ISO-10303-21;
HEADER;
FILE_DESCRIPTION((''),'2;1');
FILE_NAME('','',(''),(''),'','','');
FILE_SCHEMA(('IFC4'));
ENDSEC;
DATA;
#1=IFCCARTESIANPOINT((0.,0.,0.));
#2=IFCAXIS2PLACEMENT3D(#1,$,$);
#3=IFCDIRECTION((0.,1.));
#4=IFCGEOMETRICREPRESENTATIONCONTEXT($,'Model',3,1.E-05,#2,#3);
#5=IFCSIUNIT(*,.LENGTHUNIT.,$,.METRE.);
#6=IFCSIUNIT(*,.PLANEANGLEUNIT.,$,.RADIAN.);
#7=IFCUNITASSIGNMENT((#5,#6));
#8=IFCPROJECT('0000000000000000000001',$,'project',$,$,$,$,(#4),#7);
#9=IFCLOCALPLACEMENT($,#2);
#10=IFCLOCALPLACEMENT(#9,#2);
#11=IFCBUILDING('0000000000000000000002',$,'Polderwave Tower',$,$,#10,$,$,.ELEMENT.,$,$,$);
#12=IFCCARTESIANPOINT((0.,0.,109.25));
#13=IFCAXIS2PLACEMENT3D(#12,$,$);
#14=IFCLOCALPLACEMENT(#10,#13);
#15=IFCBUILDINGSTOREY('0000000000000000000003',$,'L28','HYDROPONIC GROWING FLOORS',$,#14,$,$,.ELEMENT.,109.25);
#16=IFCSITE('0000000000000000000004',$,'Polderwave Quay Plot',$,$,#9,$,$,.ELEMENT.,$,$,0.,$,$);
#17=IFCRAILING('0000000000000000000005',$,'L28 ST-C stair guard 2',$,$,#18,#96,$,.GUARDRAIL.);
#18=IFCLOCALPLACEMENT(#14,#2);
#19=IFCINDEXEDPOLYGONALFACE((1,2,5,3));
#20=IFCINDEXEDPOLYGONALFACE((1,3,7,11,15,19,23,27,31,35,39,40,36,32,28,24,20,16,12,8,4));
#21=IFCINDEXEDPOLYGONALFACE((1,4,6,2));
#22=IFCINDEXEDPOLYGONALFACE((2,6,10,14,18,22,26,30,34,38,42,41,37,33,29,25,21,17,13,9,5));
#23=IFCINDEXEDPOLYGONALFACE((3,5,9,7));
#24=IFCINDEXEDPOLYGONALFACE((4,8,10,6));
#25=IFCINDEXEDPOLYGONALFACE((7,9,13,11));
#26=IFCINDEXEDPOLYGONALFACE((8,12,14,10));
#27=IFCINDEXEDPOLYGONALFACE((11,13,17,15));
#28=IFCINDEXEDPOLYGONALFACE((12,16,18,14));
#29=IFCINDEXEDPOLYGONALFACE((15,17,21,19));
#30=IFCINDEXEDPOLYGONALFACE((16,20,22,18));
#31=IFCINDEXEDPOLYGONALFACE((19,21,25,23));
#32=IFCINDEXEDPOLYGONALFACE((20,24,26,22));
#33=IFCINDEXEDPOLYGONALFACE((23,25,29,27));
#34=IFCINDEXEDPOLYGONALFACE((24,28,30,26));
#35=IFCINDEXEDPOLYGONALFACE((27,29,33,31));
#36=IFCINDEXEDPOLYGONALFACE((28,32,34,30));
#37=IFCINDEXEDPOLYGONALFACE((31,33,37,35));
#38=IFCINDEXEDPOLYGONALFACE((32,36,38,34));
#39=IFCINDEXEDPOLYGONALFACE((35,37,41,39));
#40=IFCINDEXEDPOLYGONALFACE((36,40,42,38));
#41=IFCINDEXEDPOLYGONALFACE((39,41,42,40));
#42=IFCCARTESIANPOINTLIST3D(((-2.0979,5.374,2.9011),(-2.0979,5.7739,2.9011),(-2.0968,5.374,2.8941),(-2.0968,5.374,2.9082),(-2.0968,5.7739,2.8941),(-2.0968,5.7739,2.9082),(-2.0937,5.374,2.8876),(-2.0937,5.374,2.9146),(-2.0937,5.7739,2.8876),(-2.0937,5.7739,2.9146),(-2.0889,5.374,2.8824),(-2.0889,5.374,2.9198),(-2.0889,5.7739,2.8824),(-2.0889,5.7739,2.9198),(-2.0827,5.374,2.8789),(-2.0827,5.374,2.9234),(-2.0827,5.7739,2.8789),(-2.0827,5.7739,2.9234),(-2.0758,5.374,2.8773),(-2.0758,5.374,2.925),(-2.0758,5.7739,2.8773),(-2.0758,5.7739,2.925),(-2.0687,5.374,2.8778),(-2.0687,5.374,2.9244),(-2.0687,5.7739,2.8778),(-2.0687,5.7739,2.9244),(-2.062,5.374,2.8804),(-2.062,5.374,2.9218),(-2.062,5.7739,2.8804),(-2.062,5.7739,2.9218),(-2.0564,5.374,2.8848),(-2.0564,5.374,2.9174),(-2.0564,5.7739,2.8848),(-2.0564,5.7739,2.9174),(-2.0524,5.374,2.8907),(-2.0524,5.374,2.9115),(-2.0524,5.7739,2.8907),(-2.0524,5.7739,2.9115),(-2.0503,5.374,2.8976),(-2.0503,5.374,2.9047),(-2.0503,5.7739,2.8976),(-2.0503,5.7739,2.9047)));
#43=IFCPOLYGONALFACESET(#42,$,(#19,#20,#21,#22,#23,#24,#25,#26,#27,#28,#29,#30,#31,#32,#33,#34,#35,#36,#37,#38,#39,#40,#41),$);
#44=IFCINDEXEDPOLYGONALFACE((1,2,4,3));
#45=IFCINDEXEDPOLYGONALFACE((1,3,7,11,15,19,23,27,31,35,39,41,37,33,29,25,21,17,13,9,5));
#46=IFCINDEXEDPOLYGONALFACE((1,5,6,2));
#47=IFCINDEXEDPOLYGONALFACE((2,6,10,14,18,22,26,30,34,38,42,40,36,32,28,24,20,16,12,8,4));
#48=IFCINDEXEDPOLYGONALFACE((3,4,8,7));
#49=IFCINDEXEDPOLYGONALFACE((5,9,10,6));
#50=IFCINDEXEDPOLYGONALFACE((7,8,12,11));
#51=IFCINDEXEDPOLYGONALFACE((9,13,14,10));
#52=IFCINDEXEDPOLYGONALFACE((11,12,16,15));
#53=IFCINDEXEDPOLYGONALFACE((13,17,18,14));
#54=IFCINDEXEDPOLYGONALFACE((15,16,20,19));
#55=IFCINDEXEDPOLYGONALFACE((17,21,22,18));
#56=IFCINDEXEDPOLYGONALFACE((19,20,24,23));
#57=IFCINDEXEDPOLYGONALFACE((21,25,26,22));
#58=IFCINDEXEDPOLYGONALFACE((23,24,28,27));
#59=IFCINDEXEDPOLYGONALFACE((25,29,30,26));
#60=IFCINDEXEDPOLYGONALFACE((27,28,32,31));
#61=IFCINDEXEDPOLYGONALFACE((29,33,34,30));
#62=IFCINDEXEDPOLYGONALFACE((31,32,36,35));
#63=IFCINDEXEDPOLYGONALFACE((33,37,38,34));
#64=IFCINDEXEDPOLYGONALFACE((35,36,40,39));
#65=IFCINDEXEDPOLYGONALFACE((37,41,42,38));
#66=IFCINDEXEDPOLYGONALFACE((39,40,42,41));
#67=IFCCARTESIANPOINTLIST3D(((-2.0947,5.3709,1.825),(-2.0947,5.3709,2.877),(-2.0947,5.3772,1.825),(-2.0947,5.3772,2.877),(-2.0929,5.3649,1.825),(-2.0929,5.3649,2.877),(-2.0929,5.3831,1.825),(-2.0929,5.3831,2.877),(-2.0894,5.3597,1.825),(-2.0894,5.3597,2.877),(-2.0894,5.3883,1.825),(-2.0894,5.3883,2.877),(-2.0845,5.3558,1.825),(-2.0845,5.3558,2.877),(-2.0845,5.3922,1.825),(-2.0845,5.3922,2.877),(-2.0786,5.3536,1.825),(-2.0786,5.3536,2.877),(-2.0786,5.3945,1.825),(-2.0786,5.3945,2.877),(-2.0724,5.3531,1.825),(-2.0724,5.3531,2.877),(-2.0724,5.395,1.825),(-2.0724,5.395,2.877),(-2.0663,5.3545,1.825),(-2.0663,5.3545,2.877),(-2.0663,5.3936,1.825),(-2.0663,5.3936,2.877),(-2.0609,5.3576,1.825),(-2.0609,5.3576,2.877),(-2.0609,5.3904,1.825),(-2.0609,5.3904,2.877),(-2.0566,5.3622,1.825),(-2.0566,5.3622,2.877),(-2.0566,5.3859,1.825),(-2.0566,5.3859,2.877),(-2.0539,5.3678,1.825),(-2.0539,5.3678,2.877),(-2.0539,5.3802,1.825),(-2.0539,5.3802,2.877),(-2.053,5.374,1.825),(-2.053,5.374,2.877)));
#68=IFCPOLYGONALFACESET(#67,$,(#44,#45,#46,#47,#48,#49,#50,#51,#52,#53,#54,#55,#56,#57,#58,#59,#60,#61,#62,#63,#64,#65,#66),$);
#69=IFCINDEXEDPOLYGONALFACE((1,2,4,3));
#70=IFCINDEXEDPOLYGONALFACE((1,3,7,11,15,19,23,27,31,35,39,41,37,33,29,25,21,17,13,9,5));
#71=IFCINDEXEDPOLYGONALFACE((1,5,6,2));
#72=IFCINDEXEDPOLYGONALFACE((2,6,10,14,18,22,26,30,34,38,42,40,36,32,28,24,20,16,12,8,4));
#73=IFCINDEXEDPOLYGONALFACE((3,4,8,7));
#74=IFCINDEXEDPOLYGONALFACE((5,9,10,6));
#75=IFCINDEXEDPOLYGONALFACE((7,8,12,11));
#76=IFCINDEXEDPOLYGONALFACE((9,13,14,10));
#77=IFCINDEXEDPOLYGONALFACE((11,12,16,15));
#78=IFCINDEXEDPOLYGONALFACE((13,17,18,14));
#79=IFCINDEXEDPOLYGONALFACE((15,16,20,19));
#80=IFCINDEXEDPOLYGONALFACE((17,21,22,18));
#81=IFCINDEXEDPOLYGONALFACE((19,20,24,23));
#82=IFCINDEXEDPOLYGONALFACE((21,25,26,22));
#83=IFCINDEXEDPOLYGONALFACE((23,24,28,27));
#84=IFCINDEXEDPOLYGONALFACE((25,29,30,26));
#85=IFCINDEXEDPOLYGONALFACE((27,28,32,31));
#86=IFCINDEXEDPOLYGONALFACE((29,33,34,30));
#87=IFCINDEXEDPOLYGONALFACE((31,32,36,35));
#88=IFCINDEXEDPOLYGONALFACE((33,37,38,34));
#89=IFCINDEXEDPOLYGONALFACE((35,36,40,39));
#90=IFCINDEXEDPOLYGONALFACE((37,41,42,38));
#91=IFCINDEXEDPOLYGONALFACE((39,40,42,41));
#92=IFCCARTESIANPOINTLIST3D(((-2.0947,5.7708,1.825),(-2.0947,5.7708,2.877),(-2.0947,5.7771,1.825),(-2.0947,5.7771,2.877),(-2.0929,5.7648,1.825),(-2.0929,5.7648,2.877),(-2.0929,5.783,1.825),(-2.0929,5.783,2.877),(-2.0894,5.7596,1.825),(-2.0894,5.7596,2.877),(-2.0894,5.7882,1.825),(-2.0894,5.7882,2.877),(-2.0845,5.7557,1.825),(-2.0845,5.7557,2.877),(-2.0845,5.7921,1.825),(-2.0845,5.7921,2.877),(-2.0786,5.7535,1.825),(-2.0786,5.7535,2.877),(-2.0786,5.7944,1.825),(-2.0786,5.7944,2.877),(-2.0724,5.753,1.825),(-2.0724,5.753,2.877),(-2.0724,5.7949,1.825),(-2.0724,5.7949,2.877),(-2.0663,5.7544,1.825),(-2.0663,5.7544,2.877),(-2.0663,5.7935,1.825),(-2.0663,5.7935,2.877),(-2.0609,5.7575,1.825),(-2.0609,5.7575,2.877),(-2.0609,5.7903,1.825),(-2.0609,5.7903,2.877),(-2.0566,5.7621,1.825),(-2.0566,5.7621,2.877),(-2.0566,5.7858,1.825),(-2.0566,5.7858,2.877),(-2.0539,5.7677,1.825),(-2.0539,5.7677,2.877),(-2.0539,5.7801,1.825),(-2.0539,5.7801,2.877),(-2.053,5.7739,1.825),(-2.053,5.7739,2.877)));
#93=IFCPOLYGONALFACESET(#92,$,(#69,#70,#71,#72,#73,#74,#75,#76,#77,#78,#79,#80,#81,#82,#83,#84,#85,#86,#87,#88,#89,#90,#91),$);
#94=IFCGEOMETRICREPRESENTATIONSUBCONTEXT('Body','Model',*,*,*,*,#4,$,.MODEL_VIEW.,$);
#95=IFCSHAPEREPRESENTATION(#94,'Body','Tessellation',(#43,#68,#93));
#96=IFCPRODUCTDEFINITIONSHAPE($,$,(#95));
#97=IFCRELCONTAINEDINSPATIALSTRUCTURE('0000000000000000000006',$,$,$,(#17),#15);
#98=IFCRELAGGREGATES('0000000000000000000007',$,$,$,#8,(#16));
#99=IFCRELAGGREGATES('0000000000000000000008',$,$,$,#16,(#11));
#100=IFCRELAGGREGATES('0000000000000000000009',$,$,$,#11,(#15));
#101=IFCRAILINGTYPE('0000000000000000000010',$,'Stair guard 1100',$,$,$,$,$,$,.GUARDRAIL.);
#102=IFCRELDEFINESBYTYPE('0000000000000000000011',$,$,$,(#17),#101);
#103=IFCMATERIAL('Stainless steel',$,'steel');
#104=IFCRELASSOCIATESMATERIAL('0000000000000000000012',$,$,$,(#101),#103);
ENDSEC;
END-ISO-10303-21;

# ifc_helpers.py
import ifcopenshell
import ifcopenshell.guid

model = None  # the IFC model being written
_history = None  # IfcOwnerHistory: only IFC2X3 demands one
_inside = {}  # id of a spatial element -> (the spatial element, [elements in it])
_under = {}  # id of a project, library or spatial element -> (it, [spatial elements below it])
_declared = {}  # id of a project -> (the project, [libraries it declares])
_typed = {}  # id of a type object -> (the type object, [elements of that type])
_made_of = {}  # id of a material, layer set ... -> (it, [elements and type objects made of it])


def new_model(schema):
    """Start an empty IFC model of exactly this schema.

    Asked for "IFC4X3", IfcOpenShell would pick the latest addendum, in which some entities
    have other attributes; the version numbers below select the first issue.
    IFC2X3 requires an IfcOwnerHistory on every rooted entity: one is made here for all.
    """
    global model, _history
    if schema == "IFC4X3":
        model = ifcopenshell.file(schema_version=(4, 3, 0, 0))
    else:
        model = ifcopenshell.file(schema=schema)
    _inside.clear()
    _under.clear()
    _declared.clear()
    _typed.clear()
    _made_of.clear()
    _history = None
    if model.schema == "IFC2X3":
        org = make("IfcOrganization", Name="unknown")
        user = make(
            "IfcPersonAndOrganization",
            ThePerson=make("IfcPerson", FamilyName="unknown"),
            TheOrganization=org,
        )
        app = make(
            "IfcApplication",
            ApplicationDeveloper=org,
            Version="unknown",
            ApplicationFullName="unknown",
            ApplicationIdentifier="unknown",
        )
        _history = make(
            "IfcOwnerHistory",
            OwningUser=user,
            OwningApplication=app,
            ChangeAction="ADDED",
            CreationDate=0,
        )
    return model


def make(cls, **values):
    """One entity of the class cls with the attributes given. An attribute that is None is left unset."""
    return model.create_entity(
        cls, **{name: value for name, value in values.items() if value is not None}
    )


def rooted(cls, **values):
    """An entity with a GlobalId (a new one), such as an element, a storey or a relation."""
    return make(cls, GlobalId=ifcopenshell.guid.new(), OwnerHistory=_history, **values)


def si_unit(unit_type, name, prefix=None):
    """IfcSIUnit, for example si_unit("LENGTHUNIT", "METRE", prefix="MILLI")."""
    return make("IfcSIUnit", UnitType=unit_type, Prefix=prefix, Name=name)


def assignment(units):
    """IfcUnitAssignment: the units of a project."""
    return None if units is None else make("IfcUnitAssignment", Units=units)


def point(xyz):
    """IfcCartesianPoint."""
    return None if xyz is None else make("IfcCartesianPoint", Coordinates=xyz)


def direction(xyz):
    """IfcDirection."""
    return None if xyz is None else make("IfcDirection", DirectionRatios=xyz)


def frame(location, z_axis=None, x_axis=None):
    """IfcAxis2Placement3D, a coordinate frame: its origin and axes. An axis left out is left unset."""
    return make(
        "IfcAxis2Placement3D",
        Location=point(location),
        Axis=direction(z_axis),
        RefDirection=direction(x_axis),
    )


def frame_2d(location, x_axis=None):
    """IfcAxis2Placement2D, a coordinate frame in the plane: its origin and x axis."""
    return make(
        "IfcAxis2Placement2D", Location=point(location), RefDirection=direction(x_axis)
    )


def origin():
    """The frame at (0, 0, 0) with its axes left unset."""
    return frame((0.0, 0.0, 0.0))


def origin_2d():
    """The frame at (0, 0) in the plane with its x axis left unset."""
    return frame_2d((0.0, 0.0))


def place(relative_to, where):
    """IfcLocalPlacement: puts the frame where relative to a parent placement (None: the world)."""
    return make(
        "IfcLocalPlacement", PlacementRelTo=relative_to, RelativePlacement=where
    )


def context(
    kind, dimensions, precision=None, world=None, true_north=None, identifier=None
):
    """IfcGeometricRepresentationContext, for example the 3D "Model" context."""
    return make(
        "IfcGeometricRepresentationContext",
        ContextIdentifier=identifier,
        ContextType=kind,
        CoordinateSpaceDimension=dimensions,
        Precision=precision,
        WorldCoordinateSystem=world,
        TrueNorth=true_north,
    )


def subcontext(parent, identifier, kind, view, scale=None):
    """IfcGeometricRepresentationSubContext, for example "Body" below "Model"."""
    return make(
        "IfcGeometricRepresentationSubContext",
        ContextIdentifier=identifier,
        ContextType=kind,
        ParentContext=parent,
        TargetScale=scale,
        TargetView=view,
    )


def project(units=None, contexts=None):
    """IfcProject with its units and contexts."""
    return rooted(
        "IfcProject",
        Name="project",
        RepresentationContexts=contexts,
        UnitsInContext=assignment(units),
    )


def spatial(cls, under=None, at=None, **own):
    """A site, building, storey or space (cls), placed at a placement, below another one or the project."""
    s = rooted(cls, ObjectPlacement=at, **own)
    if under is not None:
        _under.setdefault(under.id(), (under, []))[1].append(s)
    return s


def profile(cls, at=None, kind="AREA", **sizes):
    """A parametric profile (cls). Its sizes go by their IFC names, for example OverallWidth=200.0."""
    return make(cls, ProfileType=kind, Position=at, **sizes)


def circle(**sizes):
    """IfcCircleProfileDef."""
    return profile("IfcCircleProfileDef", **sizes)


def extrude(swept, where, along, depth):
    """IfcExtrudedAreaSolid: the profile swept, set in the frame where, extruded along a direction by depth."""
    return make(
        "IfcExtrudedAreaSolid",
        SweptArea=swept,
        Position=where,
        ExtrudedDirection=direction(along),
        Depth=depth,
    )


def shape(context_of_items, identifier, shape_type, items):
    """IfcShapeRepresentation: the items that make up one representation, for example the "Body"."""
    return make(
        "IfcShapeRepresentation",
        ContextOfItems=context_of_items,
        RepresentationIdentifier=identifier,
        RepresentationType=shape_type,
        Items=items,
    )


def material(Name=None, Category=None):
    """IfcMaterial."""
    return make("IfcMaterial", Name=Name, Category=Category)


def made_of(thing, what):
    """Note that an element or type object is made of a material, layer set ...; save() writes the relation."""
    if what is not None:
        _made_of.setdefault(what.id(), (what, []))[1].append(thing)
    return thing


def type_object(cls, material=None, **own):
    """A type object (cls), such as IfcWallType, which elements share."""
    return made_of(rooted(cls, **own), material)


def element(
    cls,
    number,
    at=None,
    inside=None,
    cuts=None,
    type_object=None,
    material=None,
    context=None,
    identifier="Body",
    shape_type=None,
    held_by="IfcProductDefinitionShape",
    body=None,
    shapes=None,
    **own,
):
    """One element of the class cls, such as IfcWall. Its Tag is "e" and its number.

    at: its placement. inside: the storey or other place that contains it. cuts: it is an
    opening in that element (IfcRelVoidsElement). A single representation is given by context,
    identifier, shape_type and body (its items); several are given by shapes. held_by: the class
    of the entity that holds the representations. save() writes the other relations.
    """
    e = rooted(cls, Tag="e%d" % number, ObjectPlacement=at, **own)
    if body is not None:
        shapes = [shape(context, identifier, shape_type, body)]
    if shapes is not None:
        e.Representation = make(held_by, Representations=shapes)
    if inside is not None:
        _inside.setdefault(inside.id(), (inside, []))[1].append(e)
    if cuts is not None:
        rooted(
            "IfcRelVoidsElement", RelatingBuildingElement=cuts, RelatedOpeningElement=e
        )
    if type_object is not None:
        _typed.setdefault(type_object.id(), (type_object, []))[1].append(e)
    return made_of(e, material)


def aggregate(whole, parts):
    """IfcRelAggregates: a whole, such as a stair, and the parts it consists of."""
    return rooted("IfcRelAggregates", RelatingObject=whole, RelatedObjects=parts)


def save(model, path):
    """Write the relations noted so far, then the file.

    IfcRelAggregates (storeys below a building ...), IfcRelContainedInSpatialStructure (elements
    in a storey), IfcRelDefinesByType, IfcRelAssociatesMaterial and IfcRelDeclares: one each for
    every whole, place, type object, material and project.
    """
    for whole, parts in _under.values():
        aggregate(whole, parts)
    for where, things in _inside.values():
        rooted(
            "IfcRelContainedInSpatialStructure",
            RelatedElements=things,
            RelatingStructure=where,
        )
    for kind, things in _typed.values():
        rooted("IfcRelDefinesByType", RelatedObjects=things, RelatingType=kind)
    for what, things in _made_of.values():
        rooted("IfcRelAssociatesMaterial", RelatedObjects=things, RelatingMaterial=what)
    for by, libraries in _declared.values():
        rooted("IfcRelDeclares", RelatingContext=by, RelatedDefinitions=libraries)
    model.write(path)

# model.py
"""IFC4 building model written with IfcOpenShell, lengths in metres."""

from ifc_helpers import new_model, si_unit, direction, frame, origin, origin_2d, place, context, subcontext, project, spatial, circle, extrude, material, type_object, element, save


model = new_model("IFC4")

# Units and contexts
model_context = context("Model", 3, precision=1e-05, world=origin(), true_north=direction((0.0, 1.0)))
body_context = subcontext(model_context, "Body", "Model", "MODEL_VIEW")
ifc_project = project(units=[si_unit("LENGTHUNIT", "METRE"), si_unit("PLANEANGLEUNIT", "RADIAN")], contexts=[model_context])

# Site, building, storey
site_placement = place(None, origin())
site = spatial("IfcSite", under=ifc_project, at=site_placement, Name="Polderwave Quay Plot", CompositionType="ELEMENT", RefElevation=0.0)
building_placement = place(site_placement, origin())
building = spatial("IfcBuilding", under=site, at=building_placement, Name="Polderwave Tower", CompositionType="ELEMENT")
storey_placement = place(building_placement, frame((0.0, 0.0, 109.25)))
storey = spatial("IfcBuildingStorey", under=building, at=storey_placement, Name="L28", Description="HYDROPONIC GROWING FLOORS", CompositionType="ELEMENT", Elevation=109.25)

# Railing
ifc_material_1 = material(Name="Stainless steel", Category="steel")
railing_type_1 = type_object("IfcRailingType", Name="Stair guard 1100", PredefinedType="GUARDRAIL", material=ifc_material_1)
railing_1_placement = place(storey_placement, frame((-2.074, 5.374, 1.825)))
element("IfcRailing", 1, at=railing_1_placement, inside=storey, type_object=railing_type_1, Name="L28 ST-C stair guard 2", PredefinedType="GUARDRAIL", context=body_context, shape_type="SweptSolid", body=[
    extrude(circle(Radius=0.0239, at=origin_2d()), frame((0.0, 0.0, 1.0762), z_axis=(0.0, 1.0, 0.0), x_axis=(-1.0, 0.0, 0.0)), (0.0, 0.0, 1.0), 0.3999),
    extrude(circle(Radius=0.021, at=origin_2d()), origin(), (0.0, 0.0, 1.0), 1.052),
    extrude(circle(Radius=0.021, at=origin_2d()), frame((0.0, 0.3999, 0.0)), (0.0, 0.0, 1.0), 1.052),
])

save(model, "model.ifc")
